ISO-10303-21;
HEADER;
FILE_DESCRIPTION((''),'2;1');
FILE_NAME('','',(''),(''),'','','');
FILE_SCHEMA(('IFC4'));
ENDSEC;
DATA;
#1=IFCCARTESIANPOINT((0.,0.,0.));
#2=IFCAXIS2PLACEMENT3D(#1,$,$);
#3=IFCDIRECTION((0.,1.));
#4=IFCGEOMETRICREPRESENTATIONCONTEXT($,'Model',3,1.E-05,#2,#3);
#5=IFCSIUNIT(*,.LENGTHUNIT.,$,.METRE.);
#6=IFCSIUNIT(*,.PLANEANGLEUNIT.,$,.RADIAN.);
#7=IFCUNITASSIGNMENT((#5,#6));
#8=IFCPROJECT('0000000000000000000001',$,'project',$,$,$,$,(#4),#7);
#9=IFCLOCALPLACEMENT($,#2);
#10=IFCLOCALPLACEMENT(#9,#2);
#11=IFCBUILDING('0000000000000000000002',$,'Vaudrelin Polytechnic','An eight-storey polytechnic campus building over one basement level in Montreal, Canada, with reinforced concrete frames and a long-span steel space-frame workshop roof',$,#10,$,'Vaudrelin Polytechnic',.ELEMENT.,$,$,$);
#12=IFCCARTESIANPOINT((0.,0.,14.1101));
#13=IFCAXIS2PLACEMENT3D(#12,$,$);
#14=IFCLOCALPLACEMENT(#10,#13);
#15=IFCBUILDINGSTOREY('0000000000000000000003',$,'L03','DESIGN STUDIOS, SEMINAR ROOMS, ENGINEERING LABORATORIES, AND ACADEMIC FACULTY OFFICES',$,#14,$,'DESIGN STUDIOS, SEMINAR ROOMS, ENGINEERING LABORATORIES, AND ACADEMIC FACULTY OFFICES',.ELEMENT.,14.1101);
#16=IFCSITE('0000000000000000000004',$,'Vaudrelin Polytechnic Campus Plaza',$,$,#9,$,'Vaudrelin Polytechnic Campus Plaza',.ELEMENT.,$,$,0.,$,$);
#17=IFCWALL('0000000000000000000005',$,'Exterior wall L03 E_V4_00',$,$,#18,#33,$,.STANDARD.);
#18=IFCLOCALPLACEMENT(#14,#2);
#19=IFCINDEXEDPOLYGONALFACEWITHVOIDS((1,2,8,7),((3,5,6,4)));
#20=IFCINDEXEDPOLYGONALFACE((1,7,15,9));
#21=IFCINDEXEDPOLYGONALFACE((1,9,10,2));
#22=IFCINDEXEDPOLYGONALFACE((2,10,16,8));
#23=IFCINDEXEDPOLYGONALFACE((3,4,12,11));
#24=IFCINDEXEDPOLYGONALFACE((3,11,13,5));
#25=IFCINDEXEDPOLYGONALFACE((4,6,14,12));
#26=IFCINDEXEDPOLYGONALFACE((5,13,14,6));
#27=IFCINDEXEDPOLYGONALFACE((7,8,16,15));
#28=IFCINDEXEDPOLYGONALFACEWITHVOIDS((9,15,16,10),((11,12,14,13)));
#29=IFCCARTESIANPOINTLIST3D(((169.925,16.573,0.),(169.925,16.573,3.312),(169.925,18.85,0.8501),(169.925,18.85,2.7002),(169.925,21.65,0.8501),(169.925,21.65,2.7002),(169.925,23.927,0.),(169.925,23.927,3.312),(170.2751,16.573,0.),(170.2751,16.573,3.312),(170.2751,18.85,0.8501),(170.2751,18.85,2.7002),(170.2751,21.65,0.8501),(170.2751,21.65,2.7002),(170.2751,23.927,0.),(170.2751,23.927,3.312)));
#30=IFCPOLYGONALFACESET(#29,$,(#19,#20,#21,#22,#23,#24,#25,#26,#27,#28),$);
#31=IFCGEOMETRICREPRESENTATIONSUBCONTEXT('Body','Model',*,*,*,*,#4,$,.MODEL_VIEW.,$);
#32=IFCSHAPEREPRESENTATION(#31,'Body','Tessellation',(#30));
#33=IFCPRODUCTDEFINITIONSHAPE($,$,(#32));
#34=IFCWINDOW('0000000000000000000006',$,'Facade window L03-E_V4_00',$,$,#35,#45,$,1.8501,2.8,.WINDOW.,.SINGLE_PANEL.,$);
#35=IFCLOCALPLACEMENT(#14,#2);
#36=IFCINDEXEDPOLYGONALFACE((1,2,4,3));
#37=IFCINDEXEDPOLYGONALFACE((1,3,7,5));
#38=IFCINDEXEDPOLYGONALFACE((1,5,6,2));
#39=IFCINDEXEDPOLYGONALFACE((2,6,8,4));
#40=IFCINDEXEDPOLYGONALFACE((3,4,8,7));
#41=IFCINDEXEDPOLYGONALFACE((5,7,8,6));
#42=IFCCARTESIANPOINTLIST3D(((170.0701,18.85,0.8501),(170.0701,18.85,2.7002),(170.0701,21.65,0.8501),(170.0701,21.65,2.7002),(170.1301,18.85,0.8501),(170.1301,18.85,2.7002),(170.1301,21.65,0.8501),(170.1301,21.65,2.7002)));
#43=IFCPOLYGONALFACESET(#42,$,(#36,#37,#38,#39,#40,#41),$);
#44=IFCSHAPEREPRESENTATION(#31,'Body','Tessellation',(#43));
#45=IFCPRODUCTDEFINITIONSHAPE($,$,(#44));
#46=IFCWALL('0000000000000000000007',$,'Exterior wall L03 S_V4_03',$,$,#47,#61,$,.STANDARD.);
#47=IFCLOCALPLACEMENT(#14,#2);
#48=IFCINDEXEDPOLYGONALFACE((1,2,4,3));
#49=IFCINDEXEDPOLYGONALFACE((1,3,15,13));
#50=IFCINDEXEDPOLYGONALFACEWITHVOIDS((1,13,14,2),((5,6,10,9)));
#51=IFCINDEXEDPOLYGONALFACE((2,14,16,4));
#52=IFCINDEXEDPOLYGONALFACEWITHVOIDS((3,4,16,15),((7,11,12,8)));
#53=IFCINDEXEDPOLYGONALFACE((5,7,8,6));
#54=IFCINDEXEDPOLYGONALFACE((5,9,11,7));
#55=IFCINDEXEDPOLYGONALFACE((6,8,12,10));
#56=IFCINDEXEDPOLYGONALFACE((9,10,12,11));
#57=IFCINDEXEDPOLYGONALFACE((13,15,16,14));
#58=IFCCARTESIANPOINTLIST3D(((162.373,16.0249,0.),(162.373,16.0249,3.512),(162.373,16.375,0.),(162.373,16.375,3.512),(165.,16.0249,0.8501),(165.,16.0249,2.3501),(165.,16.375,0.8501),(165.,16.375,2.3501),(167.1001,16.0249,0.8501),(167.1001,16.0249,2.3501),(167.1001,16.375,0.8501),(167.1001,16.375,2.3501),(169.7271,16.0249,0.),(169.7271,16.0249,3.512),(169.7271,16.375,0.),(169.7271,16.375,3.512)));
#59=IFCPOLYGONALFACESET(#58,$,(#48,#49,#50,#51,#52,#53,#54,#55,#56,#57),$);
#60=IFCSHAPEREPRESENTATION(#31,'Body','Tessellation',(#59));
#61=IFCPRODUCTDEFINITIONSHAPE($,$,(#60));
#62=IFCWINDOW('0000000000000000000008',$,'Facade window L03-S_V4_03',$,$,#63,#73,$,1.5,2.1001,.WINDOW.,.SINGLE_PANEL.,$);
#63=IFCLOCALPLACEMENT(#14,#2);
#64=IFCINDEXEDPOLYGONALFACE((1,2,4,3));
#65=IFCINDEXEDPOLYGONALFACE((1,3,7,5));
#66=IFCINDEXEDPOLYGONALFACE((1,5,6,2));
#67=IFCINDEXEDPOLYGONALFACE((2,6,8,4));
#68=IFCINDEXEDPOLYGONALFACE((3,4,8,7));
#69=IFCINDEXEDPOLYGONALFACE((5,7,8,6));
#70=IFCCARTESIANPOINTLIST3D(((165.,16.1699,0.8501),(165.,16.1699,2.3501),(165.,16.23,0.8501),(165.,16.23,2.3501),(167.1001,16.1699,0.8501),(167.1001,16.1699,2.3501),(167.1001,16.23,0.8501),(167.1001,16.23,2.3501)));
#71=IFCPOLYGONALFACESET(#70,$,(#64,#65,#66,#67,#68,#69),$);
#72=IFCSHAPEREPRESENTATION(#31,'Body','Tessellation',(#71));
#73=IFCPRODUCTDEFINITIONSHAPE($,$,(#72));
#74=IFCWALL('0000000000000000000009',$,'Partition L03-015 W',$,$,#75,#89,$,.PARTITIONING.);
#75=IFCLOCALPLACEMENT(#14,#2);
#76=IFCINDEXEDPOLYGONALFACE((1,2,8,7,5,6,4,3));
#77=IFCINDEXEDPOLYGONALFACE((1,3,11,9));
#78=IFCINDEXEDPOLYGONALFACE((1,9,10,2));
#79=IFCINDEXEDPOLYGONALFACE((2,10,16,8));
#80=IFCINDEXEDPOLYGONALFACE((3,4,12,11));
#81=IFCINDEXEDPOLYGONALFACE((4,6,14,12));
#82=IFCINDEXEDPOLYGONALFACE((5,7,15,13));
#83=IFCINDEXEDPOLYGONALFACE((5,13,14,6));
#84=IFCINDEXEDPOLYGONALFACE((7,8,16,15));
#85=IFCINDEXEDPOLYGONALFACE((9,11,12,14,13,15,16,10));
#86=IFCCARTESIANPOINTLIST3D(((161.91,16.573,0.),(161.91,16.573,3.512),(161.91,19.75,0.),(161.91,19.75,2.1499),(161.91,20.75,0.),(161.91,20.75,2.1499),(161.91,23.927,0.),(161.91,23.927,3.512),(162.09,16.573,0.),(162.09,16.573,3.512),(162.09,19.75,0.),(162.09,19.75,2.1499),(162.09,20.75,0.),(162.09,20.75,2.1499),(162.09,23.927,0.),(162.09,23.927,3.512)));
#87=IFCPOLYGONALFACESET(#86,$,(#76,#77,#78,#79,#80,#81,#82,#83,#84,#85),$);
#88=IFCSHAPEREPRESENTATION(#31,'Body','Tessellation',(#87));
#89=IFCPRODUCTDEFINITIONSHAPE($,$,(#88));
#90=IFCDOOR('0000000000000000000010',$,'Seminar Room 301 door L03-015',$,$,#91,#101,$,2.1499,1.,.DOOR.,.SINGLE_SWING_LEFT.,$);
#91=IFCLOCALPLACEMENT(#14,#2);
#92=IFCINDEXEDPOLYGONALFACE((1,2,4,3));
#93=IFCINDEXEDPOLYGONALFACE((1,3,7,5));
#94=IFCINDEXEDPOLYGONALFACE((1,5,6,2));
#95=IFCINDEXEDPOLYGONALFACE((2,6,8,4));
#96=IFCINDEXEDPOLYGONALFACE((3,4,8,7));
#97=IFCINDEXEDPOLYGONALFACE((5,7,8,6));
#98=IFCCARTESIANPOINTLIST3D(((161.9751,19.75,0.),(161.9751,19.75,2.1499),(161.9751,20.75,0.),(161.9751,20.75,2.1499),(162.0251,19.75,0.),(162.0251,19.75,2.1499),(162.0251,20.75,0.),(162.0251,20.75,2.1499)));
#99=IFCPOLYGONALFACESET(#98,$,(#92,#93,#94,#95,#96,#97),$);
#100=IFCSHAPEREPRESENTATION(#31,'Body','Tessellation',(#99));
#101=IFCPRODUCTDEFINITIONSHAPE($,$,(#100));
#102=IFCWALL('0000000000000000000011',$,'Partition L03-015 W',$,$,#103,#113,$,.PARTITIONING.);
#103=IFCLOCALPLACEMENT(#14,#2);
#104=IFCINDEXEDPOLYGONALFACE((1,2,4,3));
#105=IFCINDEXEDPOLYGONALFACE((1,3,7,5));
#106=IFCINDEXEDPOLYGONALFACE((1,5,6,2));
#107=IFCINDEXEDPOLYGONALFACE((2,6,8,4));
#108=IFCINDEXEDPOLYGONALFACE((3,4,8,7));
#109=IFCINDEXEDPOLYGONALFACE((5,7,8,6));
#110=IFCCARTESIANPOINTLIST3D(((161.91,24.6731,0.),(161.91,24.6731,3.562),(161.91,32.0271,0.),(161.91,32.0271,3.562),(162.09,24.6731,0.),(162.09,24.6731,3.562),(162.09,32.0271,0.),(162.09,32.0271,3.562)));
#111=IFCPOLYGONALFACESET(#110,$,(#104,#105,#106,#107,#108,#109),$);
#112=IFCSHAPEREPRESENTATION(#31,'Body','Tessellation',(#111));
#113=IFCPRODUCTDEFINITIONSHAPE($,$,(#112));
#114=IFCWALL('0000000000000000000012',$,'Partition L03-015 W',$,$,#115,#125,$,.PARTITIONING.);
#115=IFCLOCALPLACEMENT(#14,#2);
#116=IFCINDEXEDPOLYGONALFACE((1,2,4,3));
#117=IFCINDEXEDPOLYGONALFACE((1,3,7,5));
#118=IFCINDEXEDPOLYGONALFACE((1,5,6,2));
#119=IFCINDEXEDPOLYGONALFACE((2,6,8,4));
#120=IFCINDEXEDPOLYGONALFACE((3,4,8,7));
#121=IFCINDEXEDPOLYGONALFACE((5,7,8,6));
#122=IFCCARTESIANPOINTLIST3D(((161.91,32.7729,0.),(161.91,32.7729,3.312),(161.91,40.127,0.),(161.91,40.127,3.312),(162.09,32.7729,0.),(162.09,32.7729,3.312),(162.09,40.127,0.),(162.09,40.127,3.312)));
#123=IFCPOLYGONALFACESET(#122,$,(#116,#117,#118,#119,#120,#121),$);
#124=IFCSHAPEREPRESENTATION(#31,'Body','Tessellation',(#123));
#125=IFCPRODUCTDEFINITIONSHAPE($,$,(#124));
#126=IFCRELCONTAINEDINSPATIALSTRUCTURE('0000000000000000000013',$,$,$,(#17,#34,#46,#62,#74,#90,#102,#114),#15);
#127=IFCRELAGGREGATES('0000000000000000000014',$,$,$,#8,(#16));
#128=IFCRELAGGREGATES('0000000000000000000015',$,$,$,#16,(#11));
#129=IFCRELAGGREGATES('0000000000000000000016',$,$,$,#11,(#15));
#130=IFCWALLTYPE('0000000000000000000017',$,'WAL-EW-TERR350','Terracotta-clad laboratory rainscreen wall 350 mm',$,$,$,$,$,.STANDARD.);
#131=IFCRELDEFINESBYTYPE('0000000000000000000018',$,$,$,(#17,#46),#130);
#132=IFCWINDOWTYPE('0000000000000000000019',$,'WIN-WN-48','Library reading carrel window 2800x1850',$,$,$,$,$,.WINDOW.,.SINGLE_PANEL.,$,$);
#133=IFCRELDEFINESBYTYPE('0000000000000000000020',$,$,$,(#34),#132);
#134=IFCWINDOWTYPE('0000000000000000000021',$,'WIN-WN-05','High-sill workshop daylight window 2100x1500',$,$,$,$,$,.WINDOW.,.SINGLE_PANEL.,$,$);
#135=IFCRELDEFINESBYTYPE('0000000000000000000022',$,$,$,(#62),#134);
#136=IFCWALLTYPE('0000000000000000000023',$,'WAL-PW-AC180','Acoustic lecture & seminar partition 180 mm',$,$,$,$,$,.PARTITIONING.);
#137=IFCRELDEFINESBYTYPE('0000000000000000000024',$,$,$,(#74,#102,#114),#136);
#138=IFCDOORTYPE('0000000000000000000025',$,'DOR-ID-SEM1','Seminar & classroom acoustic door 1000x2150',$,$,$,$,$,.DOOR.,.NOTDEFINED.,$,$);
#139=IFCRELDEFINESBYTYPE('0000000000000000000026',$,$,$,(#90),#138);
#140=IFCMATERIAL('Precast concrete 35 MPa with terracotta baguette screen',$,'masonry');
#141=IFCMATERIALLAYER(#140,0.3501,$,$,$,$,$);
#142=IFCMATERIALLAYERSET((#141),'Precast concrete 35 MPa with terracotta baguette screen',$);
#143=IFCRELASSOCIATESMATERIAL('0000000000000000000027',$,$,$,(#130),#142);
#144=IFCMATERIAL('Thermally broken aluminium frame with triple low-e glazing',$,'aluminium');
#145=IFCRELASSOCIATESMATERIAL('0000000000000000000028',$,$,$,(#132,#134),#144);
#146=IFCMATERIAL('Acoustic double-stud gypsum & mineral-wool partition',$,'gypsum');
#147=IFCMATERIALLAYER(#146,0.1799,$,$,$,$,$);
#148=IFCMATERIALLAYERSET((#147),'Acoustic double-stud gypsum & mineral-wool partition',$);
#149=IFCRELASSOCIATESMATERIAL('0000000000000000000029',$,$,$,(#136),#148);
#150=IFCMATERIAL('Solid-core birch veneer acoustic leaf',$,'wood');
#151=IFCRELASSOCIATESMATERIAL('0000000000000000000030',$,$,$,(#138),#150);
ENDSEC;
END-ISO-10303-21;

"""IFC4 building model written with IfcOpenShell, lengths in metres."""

from ifc_helpers import new_model, si_unit, direction, frame, frame_2d, origin, place, context, subcontext, project, spatial, rectangle, extrude, material, layer, layer_set, type_object, element, fill, save


model = new_model("IFC4")

# Units and contexts
model_context = context("Model", 3, precision=1e-05, world=origin(), true_north=direction((0.0, 1.0)))
body_context = subcontext(model_context, "Body", "Model", "MODEL_VIEW")
ifc_project = project(units=[si_unit("LENGTHUNIT", "METRE"), si_unit("PLANEANGLEUNIT", "RADIAN")], contexts=[model_context])

# Site, building, storey
site_placement = place(None, origin())
site = spatial("IfcSite", under=ifc_project, at=site_placement, Name="Vaudrelin Polytechnic Campus Plaza", LongName="Vaudrelin Polytechnic Campus Plaza", CompositionType="ELEMENT", RefElevation=0.0)
building_placement = place(site_placement, origin())
building = spatial("IfcBuilding", under=site, at=building_placement, Name="Vaudrelin Polytechnic", Description="An eight-storey polytechnic campus building over one basement level in Montreal, Canada, with reinforced concrete frames and a long-span steel space-frame workshop roof", LongName="Vaudrelin Polytechnic", CompositionType="ELEMENT")
storey_placement = place(building_placement, frame((0.0, 0.0, 14.1101)))
storey = spatial("IfcBuildingStorey", under=building, at=storey_placement, Name="L03", Description="DESIGN STUDIOS, SEMINAR ROOMS, ENGINEERING LABORATORIES, AND ACADEMIC FACULTY OFFICES", LongName="DESIGN STUDIOS, SEMINAR ROOMS, ENGINEERING LABORATORIES, AND ACADEMIC FACULTY OFFICES", CompositionType="ELEMENT", Elevation=14.1101)

# Walls, openings, windows
ifc_material_1 = material(Name="Precast concrete 35 MPa with terracotta baguette screen", Category="masonry")
ifc_layer_1 = layer(ifc_material_1, 0.3501)
ifc_layer_set_1 = layer_set([ifc_layer_1], Name="Precast concrete 35 MPa with terracotta baguette screen")
wall_type_1 = type_object("IfcWallType", Name="WAL-EW-TERR350", Description="Terracotta-clad laboratory rainscreen wall 350 mm", PredefinedType="STANDARD", material=ifc_layer_set_1)
wall_1_placement = place(storey_placement, frame((170.1001, 16.573, 0.0), z_axis=(0.0, 0.0, 1.0), x_axis=(0.0, 1.0, 0.0)))
wall_1 = element("IfcWall", 1, at=wall_1_placement, inside=storey, type_object=wall_type_1, Name="Exterior wall L03 E_V4_00", PredefinedType="STANDARD", context=body_context, shape_type="SweptSolid", body=[
    extrude(rectangle(XDim=7.354, YDim=0.3501, at=frame_2d((3.677, 0.0))), origin(), (0.0, 0.0, 1.0), 3.312),
])
opening_1_placement = place(wall_1_placement, frame((2.2771, 0.0, 0.8501)))
opening_1 = element("IfcOpeningElement", 2, at=opening_1_placement, cuts=wall_1, PredefinedType="OPENING", context=body_context, shape_type="SweptSolid", body=[
    extrude(rectangle(XDim=2.8, YDim=1.8501, at=frame_2d((1.3999, 0.925))), frame((0.0, 0.1851, 0.0), z_axis=(0.0, -1.0, 0.0), x_axis=(1.0, 0.0, 0.0)), (0.0, 0.0, 1.0), 0.3701),
])
ifc_material_2 = material(Name="Thermally broken aluminium frame with triple low-e glazing", Category="aluminium")
window_type_1 = type_object("IfcWindowType", Name="WIN-WN-48", Description="Library reading carrel window 2800x1850", PartitioningType="SINGLE_PANEL", PredefinedType="WINDOW", material=ifc_material_2)
window_1_placement = place(opening_1_placement, origin())
window_1 = element("IfcWindow", 3, at=window_1_placement, inside=storey, type_object=window_type_1, Name="Facade window L03-E_V4_00", OverallHeight=1.8501, OverallWidth=2.8, PartitioningType="SINGLE_PANEL", PredefinedType="WINDOW", context=body_context, shape_type="SweptSolid", body=[
    extrude(rectangle(XDim=2.8, YDim=1.8501, at=frame_2d((1.3999, 0.925))), frame((0.0, 0.03, 0.0), z_axis=(0.0, -1.0, 0.0), x_axis=(1.0, 0.0, 0.0)), (0.0, 0.0, 1.0), 0.0601),
])
fill(opening_1, window_1)
wall_2_placement = place(storey_placement, frame((162.373, 16.2, 0.0), z_axis=(0.0, 0.0, 1.0), x_axis=(1.0, 0.0, 0.0)))
wall_2 = element("IfcWall", 4, at=wall_2_placement, inside=storey, type_object=wall_type_1, Name="Exterior wall L03 S_V4_03", PredefinedType="STANDARD", context=body_context, shape_type="SweptSolid", body=[
    extrude(rectangle(XDim=7.354, YDim=0.3501, at=frame_2d((3.677, 0.0))), origin(), (0.0, 0.0, 1.0), 3.512),
])
opening_2_placement = place(wall_2_placement, frame((2.627, 0.0, 0.8501)))
opening_2 = element("IfcOpeningElement", 5, at=opening_2_placement, cuts=wall_2, PredefinedType="OPENING", context=body_context, shape_type="SweptSolid", body=[
    extrude(rectangle(XDim=2.1001, YDim=1.5, at=frame_2d((1.05, 0.75))), frame((0.0, 0.1851, 0.0), z_axis=(0.0, -1.0, 0.0), x_axis=(1.0, 0.0, 0.0)), (0.0, 0.0, 1.0), 0.3701),
])
window_type_2 = type_object("IfcWindowType", Name="WIN-WN-05", Description="High-sill workshop daylight window 2100x1500", PartitioningType="SINGLE_PANEL", PredefinedType="WINDOW", material=ifc_material_2)
window_2_placement = place(opening_2_placement, origin())
window_2 = element("IfcWindow", 6, at=window_2_placement, inside=storey, type_object=window_type_2, Name="Facade window L03-S_V4_03", OverallHeight=1.5, OverallWidth=2.1001, PartitioningType="SINGLE_PANEL", PredefinedType="WINDOW", context=body_context, shape_type="SweptSolid", body=[
    extrude(rectangle(XDim=2.1001, YDim=1.5, at=frame_2d((1.05, 0.75))), frame((0.0, 0.03, 0.0), z_axis=(0.0, -1.0, 0.0), x_axis=(1.0, 0.0, 0.0)), (0.0, 0.0, 1.0), 0.0601),
])
fill(opening_2, window_2)

# Wall, opening, door
ifc_material_3 = material(Name="Acoustic double-stud gypsum & mineral-wool partition", Category="gypsum")
ifc_layer_2 = layer(ifc_material_3, 0.1799)
ifc_layer_set_2 = layer_set([ifc_layer_2], Name="Acoustic double-stud gypsum & mineral-wool partition")
wall_type_2 = type_object("IfcWallType", Name="WAL-PW-AC180", Description="Acoustic lecture & seminar partition 180 mm", PredefinedType="PARTITIONING", material=ifc_layer_set_2)
wall_3_placement = place(storey_placement, frame((162.0, 16.573, 0.0), z_axis=(0.0, 0.0, 1.0), x_axis=(0.0, 1.0, 0.0)))
wall_3 = element("IfcWall", 7, at=wall_3_placement, inside=storey, type_object=wall_type_2, Name="Partition L03-015 W", PredefinedType="PARTITIONING", context=body_context, shape_type="SweptSolid", body=[
    extrude(rectangle(XDim=7.354, YDim=0.1799, at=frame_2d((3.677, 0.0))), origin(), (0.0, 0.0, 1.0), 3.512),
])
opening_3_placement = place(wall_3_placement, frame((3.177, 0.0, 0.0)))
opening_3 = element("IfcOpeningElement", 8, at=opening_3_placement, cuts=wall_3, PredefinedType="OPENING", context=body_context, shape_type="SweptSolid", body=[
    extrude(rectangle(XDim=1.0, YDim=2.1499, at=frame_2d((0.5, 1.075))), frame((0.0, 0.1001, 0.0), z_axis=(0.0, -1.0, 0.0), x_axis=(1.0, 0.0, 0.0)), (0.0, 0.0, 1.0), 0.2),
])
ifc_material_4 = material(Name="Solid-core birch veneer acoustic leaf", Category="wood")
door_type = type_object("IfcDoorType", Name="DOR-ID-SEM1", Description="Seminar & classroom acoustic door 1000x2150", OperationType="NOTDEFINED", PredefinedType="DOOR", material=ifc_material_4)
door_placement = place(opening_3_placement, origin())
door = element("IfcDoor", 9, at=door_placement, inside=storey, type_object=door_type, Name="Seminar Room 301 door L03-015", OperationType="SINGLE_SWING_LEFT", OverallHeight=2.1499, OverallWidth=1.0, PredefinedType="DOOR", context=body_context, shape_type="SweptSolid", body=[
    extrude(rectangle(XDim=1.0, YDim=2.1499, at=frame_2d((0.5, 1.075))), frame((0.0, 0.0249, 0.0), z_axis=(0.0, -1.0, 0.0), x_axis=(1.0, 0.0, 0.0)), (0.0, 0.0, 1.0), 0.05),
])
fill(opening_3, door)

# Walls
wall_4_placement = place(storey_placement, frame((162.0, 24.6731, 0.0), z_axis=(0.0, 0.0, 1.0), x_axis=(0.0, 1.0, 0.0)))
element("IfcWall", 10, at=wall_4_placement, inside=storey, type_object=wall_type_2, Name="Partition L03-015 W", PredefinedType="PARTITIONING", context=body_context, shape_type="SweptSolid", body=[
    extrude(rectangle(XDim=7.354, YDim=0.1799, at=frame_2d((3.677, 0.0))), origin(), (0.0, 0.0, 1.0), 3.562),
])
wall_5_placement = place(storey_placement, frame((162.0, 32.7729, 0.0), z_axis=(0.0, 0.0, 1.0), x_axis=(0.0, 1.0, 0.0)))
element("IfcWall", 11, at=wall_5_placement, inside=storey, type_object=wall_type_2, Name="Partition L03-015 W", PredefinedType="PARTITIONING", context=body_context, shape_type="SweptSolid", body=[
    extrude(rectangle(XDim=7.354, YDim=0.1799, at=frame_2d((3.677, 0.0))), origin(), (0.0, 0.0, 1.0), 3.312),
])

save(model, "model.ifc")
